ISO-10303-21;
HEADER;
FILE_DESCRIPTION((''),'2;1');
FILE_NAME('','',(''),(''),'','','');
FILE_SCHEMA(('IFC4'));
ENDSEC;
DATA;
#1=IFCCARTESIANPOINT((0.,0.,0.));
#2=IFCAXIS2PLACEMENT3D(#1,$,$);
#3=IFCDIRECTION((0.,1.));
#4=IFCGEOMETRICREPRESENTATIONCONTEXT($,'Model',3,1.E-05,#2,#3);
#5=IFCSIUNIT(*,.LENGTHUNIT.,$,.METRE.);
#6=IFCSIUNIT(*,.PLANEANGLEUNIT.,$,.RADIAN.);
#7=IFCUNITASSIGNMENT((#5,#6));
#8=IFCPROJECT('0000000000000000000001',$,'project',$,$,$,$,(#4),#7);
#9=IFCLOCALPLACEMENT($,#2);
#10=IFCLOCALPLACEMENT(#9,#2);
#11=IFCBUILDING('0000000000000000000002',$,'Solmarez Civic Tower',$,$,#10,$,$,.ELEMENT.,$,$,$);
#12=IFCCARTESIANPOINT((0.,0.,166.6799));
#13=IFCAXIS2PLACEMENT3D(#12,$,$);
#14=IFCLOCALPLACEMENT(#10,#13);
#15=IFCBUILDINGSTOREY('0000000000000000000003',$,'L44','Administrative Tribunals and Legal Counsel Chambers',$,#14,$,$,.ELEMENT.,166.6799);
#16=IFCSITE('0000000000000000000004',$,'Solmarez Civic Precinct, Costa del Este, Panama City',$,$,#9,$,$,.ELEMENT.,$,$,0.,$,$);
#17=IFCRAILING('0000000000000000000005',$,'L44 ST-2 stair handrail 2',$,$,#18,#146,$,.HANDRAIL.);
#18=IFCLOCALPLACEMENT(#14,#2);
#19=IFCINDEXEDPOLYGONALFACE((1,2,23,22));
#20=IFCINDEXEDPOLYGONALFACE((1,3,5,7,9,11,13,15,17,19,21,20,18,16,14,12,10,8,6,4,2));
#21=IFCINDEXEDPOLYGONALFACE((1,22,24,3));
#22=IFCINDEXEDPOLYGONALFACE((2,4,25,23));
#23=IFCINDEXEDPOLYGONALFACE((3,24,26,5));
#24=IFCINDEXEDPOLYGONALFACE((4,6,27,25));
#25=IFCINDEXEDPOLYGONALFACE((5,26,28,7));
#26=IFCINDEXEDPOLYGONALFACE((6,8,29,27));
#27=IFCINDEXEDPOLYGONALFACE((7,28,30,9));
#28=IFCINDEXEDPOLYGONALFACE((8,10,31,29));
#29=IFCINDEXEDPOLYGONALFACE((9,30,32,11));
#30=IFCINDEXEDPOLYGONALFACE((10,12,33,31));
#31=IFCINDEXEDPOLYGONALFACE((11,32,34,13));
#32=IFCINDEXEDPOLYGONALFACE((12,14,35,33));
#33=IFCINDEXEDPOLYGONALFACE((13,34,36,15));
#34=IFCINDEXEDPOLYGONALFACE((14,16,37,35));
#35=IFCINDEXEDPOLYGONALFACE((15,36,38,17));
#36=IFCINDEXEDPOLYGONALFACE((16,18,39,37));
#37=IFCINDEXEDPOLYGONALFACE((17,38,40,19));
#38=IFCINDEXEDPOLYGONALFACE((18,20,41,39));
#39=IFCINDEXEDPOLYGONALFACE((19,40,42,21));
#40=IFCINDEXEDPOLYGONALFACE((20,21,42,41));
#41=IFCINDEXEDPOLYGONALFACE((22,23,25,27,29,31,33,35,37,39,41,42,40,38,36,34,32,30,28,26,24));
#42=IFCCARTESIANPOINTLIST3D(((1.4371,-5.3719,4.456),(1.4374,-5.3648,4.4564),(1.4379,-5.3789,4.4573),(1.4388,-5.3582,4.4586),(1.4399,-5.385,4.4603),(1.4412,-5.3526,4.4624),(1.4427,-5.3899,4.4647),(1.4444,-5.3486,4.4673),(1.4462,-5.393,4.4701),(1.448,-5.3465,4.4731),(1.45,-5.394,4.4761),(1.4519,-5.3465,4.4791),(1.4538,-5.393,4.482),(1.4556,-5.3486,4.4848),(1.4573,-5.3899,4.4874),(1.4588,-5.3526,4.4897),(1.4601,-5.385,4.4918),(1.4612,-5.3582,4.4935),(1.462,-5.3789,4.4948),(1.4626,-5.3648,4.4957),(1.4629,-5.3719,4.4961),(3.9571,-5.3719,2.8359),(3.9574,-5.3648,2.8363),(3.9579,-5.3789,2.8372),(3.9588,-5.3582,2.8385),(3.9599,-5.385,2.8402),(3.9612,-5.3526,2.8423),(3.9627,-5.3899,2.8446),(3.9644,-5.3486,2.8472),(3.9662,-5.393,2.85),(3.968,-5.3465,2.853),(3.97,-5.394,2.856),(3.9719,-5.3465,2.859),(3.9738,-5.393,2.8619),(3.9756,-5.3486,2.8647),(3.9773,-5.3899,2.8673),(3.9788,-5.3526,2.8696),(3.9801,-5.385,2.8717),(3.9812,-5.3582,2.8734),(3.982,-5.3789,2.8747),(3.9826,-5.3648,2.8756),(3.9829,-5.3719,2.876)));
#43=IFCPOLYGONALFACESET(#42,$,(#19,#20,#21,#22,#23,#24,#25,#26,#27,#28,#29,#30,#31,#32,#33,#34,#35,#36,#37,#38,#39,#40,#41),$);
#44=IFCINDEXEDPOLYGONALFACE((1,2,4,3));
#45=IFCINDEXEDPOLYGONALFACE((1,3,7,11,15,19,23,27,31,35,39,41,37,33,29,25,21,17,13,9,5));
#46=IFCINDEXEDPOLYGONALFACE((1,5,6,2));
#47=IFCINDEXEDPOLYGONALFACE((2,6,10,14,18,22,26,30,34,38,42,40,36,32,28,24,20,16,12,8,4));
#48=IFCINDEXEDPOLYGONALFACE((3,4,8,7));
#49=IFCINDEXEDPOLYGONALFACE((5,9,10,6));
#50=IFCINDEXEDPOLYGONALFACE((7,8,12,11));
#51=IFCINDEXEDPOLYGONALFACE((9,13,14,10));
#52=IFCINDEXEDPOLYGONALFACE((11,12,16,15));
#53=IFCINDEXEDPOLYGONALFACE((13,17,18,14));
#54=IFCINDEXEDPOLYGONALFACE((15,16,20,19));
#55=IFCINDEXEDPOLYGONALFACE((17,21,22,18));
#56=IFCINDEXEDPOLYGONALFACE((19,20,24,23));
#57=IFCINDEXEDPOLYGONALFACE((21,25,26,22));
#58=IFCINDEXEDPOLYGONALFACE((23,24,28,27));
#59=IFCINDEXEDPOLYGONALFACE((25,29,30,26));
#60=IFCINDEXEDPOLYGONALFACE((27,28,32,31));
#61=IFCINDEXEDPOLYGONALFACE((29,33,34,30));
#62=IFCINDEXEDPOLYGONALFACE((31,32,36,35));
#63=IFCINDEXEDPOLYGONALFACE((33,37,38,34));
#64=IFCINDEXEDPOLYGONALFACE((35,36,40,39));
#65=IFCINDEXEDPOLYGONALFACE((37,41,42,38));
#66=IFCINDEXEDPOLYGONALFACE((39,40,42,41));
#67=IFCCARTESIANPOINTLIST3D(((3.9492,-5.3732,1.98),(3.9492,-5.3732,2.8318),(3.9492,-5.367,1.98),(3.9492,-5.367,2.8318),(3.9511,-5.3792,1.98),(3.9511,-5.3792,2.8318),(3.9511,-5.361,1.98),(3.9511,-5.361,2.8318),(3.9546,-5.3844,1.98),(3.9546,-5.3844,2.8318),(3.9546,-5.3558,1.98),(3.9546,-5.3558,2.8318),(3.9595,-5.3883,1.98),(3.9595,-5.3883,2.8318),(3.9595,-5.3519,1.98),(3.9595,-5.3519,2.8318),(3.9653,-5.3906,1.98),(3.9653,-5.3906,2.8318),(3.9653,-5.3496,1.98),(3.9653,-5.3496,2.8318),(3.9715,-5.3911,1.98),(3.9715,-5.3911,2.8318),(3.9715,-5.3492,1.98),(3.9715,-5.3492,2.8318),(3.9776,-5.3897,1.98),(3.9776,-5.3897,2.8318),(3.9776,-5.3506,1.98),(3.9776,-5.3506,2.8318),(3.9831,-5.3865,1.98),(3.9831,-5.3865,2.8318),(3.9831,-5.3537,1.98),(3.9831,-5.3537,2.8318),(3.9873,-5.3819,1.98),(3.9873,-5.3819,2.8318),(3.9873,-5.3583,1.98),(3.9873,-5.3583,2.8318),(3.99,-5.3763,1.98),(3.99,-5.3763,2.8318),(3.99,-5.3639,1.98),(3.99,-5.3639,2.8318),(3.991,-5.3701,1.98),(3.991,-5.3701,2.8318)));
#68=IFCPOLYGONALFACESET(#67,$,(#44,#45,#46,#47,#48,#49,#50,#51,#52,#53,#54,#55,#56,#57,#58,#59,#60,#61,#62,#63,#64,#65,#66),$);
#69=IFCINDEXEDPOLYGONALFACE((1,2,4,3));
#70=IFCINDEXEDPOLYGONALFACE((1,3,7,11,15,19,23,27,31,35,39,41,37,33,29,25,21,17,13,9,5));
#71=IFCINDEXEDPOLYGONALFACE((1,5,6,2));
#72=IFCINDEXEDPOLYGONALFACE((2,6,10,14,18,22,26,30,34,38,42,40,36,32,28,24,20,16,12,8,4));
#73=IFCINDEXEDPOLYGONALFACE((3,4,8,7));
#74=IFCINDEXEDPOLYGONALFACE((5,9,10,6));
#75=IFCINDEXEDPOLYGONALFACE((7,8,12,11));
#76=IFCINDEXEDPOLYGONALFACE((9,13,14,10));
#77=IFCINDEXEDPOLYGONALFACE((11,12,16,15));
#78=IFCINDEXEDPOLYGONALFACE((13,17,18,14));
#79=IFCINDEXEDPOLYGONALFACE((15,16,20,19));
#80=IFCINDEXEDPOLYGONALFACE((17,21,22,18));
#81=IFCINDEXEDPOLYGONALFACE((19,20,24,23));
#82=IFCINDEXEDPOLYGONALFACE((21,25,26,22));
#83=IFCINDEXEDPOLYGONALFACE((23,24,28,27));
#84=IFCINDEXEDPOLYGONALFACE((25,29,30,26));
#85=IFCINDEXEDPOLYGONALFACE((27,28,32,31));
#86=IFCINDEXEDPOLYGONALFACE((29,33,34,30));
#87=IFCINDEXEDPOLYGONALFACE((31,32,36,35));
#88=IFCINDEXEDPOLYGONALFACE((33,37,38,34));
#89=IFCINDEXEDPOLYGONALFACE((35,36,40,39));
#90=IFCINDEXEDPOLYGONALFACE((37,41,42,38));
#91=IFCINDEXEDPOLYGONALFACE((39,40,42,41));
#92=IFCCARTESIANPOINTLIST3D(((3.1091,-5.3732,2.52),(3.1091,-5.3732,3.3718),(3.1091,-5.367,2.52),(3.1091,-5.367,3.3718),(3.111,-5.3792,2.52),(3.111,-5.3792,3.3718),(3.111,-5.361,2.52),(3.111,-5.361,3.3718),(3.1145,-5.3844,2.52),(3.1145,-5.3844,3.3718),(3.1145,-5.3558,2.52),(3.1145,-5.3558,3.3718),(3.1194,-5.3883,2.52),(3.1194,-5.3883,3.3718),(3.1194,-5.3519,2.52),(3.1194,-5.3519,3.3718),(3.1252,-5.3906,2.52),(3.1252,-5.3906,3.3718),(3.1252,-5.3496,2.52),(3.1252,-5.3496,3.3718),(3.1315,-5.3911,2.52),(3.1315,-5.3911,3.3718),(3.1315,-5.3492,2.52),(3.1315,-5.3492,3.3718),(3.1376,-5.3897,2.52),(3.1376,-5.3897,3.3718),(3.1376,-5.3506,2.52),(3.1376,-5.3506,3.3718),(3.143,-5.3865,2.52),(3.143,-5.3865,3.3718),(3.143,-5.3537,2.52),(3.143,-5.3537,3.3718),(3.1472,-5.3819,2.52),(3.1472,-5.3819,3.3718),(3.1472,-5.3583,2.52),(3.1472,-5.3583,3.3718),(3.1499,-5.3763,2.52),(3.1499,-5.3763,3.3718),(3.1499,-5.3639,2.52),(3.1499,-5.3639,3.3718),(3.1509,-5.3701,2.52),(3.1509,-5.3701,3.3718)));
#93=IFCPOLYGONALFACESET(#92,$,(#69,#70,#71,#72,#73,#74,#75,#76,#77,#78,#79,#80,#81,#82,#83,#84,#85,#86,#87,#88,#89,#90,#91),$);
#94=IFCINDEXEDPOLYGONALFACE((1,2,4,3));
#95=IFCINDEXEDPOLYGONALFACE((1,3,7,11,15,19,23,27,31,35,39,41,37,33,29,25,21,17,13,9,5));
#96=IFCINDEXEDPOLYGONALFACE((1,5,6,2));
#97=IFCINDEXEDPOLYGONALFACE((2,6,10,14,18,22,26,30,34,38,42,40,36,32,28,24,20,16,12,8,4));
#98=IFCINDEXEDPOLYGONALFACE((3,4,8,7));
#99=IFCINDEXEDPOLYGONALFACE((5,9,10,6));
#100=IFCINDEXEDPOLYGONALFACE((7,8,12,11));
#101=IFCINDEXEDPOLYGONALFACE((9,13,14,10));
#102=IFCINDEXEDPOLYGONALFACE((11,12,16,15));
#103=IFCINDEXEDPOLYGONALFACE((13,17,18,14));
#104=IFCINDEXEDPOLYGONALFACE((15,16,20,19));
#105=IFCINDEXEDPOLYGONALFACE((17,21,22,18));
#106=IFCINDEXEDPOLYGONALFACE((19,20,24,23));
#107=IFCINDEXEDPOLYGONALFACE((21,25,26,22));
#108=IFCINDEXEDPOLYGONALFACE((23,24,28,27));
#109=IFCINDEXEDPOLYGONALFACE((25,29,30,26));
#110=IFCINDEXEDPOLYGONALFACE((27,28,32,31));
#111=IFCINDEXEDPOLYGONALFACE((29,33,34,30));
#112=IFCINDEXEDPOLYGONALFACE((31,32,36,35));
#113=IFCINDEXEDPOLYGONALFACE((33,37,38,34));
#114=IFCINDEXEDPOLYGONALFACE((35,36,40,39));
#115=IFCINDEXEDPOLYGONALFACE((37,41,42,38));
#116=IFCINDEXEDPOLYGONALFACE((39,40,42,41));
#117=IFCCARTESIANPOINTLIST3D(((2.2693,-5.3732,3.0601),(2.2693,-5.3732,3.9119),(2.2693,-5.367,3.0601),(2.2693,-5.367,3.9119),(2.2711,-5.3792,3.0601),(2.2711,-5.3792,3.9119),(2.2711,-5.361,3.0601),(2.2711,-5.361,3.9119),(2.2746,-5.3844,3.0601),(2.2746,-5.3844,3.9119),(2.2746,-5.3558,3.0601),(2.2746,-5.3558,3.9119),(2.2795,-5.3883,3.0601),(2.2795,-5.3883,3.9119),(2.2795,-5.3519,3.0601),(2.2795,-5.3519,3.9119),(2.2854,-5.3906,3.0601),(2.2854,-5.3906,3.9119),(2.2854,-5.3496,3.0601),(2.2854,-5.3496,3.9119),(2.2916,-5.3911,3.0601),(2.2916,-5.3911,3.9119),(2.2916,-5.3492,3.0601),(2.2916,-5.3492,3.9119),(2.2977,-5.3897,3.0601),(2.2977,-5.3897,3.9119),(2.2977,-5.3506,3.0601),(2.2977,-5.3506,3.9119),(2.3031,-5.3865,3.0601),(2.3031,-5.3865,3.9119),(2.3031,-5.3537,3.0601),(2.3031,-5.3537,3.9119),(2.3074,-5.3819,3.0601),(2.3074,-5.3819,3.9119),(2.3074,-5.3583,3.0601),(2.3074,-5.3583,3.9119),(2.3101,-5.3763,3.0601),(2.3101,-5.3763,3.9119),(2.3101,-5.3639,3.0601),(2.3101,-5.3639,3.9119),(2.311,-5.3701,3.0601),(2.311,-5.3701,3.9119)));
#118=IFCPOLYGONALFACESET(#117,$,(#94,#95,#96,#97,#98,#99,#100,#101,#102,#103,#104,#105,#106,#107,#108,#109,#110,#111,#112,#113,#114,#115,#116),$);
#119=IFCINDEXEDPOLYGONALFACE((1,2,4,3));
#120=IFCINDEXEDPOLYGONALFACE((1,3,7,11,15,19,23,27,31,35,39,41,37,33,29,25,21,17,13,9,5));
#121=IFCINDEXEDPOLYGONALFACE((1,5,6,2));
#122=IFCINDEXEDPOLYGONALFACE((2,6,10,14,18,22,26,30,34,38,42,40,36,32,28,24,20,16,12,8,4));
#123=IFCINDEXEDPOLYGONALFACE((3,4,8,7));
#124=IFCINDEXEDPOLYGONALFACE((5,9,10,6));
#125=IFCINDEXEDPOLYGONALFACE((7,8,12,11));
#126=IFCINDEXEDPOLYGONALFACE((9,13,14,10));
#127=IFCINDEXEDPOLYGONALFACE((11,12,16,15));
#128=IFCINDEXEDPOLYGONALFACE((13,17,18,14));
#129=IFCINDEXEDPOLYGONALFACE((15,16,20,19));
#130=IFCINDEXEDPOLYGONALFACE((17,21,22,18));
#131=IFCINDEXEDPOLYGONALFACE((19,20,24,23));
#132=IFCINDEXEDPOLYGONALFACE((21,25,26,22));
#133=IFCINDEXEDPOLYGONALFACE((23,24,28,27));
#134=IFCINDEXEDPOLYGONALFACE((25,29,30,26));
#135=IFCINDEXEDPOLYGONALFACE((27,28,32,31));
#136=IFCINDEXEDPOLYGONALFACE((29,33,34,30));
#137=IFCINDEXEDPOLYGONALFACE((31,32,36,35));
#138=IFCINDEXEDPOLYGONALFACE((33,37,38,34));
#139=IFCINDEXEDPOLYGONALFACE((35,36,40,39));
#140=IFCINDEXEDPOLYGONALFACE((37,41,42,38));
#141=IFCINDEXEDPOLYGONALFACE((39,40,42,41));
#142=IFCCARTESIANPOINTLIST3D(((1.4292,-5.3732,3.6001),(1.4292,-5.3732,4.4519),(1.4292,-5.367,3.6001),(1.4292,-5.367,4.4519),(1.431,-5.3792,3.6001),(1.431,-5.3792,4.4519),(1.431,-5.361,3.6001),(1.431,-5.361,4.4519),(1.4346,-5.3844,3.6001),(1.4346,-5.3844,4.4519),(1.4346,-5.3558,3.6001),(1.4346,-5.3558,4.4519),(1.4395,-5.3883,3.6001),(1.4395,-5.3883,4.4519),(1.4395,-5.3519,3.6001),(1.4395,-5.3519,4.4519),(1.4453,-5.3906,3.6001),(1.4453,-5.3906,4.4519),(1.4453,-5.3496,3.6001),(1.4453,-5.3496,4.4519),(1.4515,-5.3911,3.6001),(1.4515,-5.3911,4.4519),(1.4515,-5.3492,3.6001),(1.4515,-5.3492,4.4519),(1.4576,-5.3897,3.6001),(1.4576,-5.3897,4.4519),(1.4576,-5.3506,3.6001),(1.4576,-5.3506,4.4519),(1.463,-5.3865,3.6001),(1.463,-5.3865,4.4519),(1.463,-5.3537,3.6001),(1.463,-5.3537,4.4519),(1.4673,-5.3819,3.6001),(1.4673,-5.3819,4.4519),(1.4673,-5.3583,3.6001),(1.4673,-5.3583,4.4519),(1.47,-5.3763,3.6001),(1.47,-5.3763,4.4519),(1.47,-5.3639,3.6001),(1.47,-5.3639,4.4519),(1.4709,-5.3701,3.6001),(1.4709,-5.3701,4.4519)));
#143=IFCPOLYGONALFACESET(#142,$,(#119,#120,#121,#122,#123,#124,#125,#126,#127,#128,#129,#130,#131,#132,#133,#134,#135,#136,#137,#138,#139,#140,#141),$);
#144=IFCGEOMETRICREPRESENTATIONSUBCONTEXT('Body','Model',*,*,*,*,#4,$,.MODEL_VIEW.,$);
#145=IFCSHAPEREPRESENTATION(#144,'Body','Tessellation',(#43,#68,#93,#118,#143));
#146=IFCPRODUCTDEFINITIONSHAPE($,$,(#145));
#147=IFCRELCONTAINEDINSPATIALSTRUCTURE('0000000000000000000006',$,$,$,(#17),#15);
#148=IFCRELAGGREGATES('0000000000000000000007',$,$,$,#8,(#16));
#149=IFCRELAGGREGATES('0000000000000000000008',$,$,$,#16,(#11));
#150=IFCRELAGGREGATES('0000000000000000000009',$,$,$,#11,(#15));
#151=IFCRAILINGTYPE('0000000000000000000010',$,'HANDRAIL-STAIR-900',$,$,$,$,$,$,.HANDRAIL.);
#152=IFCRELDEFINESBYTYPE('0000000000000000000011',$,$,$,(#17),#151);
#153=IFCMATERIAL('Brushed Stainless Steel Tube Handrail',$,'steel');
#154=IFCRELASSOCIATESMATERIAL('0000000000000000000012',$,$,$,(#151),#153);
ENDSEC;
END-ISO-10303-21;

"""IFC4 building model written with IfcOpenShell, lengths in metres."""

from ifc_helpers import new_model, si_unit, direction, frame, origin, origin_2d, place, context, subcontext, project, spatial, circle, extrude, material, type_object, element, save


model = new_model("IFC4")

# Units and contexts
model_context = context("Model", 3, precision=1e-05, world=origin(), true_north=direction((0.0, 1.0)))
body_context = subcontext(model_context, "Body", "Model", "MODEL_VIEW")
ifc_project = project(units=[si_unit("LENGTHUNIT", "METRE"), si_unit("PLANEANGLEUNIT", "RADIAN")], contexts=[model_context])

# Site, building, storey
site_placement = place(None, origin())
site = spatial("IfcSite", under=ifc_project, at=site_placement, Name="Solmarez Civic Precinct, Costa del Este, Panama City", CompositionType="ELEMENT", RefElevation=0.0)
building_placement = place(site_placement, origin())
building = spatial("IfcBuilding", under=site, at=building_placement, Name="Solmarez Civic Tower", CompositionType="ELEMENT")
storey_placement = place(building_placement, frame((0.0, 0.0, 166.6799)))
storey = spatial("IfcBuildingStorey", under=building, at=storey_placement, Name="L44", Description="Administrative Tribunals and Legal Counsel Chambers", CompositionType="ELEMENT", Elevation=166.6799)

# Railing
ifc_material_1 = material(Name="Brushed Stainless Steel Tube Handrail", Category="steel")
railing_type_1 = type_object("IfcRailingType", Name="HANDRAIL-STAIR-900", PredefinedType="HANDRAIL", material=ifc_material_1)
railing_1_placement = place(storey_placement, frame((3.97, -5.3701, 1.98)))
element("IfcRailing", 1, at=railing_1_placement, inside=storey, type_object=railing_type_1, Name="L44 ST-2 stair handrail 2", PredefinedType="HANDRAIL", context=body_context, shape_type="SweptSolid", body=[
    extrude(circle(Radius=0.0239, at=origin_2d()), frame((0.0, 0.0, 0.876), z_axis=(-0.841163, 0.0, 0.540782), x_axis=(0.0, -1.0, 0.0)), (0.0, 0.0, 1.0), 2.9958),
    extrude(circle(Radius=0.021, at=origin_2d()), origin(), (0.0, 0.0, 1.0), 0.8518),
    extrude(circle(Radius=0.021, at=origin_2d()), frame((-0.8401, 0.0, 0.54)), (0.0, 0.0, 1.0), 0.8518),
    extrude(circle(Radius=0.021, at=origin_2d()), frame((-1.6799, 0.0, 1.0801)), (0.0, 0.0, 1.0), 0.8518),
    extrude(circle(Radius=0.021, at=origin_2d()), frame((-2.52, 0.0, 1.6201)), (0.0, 0.0, 1.0), 0.8518),
])

save(model, "model.ifc")
